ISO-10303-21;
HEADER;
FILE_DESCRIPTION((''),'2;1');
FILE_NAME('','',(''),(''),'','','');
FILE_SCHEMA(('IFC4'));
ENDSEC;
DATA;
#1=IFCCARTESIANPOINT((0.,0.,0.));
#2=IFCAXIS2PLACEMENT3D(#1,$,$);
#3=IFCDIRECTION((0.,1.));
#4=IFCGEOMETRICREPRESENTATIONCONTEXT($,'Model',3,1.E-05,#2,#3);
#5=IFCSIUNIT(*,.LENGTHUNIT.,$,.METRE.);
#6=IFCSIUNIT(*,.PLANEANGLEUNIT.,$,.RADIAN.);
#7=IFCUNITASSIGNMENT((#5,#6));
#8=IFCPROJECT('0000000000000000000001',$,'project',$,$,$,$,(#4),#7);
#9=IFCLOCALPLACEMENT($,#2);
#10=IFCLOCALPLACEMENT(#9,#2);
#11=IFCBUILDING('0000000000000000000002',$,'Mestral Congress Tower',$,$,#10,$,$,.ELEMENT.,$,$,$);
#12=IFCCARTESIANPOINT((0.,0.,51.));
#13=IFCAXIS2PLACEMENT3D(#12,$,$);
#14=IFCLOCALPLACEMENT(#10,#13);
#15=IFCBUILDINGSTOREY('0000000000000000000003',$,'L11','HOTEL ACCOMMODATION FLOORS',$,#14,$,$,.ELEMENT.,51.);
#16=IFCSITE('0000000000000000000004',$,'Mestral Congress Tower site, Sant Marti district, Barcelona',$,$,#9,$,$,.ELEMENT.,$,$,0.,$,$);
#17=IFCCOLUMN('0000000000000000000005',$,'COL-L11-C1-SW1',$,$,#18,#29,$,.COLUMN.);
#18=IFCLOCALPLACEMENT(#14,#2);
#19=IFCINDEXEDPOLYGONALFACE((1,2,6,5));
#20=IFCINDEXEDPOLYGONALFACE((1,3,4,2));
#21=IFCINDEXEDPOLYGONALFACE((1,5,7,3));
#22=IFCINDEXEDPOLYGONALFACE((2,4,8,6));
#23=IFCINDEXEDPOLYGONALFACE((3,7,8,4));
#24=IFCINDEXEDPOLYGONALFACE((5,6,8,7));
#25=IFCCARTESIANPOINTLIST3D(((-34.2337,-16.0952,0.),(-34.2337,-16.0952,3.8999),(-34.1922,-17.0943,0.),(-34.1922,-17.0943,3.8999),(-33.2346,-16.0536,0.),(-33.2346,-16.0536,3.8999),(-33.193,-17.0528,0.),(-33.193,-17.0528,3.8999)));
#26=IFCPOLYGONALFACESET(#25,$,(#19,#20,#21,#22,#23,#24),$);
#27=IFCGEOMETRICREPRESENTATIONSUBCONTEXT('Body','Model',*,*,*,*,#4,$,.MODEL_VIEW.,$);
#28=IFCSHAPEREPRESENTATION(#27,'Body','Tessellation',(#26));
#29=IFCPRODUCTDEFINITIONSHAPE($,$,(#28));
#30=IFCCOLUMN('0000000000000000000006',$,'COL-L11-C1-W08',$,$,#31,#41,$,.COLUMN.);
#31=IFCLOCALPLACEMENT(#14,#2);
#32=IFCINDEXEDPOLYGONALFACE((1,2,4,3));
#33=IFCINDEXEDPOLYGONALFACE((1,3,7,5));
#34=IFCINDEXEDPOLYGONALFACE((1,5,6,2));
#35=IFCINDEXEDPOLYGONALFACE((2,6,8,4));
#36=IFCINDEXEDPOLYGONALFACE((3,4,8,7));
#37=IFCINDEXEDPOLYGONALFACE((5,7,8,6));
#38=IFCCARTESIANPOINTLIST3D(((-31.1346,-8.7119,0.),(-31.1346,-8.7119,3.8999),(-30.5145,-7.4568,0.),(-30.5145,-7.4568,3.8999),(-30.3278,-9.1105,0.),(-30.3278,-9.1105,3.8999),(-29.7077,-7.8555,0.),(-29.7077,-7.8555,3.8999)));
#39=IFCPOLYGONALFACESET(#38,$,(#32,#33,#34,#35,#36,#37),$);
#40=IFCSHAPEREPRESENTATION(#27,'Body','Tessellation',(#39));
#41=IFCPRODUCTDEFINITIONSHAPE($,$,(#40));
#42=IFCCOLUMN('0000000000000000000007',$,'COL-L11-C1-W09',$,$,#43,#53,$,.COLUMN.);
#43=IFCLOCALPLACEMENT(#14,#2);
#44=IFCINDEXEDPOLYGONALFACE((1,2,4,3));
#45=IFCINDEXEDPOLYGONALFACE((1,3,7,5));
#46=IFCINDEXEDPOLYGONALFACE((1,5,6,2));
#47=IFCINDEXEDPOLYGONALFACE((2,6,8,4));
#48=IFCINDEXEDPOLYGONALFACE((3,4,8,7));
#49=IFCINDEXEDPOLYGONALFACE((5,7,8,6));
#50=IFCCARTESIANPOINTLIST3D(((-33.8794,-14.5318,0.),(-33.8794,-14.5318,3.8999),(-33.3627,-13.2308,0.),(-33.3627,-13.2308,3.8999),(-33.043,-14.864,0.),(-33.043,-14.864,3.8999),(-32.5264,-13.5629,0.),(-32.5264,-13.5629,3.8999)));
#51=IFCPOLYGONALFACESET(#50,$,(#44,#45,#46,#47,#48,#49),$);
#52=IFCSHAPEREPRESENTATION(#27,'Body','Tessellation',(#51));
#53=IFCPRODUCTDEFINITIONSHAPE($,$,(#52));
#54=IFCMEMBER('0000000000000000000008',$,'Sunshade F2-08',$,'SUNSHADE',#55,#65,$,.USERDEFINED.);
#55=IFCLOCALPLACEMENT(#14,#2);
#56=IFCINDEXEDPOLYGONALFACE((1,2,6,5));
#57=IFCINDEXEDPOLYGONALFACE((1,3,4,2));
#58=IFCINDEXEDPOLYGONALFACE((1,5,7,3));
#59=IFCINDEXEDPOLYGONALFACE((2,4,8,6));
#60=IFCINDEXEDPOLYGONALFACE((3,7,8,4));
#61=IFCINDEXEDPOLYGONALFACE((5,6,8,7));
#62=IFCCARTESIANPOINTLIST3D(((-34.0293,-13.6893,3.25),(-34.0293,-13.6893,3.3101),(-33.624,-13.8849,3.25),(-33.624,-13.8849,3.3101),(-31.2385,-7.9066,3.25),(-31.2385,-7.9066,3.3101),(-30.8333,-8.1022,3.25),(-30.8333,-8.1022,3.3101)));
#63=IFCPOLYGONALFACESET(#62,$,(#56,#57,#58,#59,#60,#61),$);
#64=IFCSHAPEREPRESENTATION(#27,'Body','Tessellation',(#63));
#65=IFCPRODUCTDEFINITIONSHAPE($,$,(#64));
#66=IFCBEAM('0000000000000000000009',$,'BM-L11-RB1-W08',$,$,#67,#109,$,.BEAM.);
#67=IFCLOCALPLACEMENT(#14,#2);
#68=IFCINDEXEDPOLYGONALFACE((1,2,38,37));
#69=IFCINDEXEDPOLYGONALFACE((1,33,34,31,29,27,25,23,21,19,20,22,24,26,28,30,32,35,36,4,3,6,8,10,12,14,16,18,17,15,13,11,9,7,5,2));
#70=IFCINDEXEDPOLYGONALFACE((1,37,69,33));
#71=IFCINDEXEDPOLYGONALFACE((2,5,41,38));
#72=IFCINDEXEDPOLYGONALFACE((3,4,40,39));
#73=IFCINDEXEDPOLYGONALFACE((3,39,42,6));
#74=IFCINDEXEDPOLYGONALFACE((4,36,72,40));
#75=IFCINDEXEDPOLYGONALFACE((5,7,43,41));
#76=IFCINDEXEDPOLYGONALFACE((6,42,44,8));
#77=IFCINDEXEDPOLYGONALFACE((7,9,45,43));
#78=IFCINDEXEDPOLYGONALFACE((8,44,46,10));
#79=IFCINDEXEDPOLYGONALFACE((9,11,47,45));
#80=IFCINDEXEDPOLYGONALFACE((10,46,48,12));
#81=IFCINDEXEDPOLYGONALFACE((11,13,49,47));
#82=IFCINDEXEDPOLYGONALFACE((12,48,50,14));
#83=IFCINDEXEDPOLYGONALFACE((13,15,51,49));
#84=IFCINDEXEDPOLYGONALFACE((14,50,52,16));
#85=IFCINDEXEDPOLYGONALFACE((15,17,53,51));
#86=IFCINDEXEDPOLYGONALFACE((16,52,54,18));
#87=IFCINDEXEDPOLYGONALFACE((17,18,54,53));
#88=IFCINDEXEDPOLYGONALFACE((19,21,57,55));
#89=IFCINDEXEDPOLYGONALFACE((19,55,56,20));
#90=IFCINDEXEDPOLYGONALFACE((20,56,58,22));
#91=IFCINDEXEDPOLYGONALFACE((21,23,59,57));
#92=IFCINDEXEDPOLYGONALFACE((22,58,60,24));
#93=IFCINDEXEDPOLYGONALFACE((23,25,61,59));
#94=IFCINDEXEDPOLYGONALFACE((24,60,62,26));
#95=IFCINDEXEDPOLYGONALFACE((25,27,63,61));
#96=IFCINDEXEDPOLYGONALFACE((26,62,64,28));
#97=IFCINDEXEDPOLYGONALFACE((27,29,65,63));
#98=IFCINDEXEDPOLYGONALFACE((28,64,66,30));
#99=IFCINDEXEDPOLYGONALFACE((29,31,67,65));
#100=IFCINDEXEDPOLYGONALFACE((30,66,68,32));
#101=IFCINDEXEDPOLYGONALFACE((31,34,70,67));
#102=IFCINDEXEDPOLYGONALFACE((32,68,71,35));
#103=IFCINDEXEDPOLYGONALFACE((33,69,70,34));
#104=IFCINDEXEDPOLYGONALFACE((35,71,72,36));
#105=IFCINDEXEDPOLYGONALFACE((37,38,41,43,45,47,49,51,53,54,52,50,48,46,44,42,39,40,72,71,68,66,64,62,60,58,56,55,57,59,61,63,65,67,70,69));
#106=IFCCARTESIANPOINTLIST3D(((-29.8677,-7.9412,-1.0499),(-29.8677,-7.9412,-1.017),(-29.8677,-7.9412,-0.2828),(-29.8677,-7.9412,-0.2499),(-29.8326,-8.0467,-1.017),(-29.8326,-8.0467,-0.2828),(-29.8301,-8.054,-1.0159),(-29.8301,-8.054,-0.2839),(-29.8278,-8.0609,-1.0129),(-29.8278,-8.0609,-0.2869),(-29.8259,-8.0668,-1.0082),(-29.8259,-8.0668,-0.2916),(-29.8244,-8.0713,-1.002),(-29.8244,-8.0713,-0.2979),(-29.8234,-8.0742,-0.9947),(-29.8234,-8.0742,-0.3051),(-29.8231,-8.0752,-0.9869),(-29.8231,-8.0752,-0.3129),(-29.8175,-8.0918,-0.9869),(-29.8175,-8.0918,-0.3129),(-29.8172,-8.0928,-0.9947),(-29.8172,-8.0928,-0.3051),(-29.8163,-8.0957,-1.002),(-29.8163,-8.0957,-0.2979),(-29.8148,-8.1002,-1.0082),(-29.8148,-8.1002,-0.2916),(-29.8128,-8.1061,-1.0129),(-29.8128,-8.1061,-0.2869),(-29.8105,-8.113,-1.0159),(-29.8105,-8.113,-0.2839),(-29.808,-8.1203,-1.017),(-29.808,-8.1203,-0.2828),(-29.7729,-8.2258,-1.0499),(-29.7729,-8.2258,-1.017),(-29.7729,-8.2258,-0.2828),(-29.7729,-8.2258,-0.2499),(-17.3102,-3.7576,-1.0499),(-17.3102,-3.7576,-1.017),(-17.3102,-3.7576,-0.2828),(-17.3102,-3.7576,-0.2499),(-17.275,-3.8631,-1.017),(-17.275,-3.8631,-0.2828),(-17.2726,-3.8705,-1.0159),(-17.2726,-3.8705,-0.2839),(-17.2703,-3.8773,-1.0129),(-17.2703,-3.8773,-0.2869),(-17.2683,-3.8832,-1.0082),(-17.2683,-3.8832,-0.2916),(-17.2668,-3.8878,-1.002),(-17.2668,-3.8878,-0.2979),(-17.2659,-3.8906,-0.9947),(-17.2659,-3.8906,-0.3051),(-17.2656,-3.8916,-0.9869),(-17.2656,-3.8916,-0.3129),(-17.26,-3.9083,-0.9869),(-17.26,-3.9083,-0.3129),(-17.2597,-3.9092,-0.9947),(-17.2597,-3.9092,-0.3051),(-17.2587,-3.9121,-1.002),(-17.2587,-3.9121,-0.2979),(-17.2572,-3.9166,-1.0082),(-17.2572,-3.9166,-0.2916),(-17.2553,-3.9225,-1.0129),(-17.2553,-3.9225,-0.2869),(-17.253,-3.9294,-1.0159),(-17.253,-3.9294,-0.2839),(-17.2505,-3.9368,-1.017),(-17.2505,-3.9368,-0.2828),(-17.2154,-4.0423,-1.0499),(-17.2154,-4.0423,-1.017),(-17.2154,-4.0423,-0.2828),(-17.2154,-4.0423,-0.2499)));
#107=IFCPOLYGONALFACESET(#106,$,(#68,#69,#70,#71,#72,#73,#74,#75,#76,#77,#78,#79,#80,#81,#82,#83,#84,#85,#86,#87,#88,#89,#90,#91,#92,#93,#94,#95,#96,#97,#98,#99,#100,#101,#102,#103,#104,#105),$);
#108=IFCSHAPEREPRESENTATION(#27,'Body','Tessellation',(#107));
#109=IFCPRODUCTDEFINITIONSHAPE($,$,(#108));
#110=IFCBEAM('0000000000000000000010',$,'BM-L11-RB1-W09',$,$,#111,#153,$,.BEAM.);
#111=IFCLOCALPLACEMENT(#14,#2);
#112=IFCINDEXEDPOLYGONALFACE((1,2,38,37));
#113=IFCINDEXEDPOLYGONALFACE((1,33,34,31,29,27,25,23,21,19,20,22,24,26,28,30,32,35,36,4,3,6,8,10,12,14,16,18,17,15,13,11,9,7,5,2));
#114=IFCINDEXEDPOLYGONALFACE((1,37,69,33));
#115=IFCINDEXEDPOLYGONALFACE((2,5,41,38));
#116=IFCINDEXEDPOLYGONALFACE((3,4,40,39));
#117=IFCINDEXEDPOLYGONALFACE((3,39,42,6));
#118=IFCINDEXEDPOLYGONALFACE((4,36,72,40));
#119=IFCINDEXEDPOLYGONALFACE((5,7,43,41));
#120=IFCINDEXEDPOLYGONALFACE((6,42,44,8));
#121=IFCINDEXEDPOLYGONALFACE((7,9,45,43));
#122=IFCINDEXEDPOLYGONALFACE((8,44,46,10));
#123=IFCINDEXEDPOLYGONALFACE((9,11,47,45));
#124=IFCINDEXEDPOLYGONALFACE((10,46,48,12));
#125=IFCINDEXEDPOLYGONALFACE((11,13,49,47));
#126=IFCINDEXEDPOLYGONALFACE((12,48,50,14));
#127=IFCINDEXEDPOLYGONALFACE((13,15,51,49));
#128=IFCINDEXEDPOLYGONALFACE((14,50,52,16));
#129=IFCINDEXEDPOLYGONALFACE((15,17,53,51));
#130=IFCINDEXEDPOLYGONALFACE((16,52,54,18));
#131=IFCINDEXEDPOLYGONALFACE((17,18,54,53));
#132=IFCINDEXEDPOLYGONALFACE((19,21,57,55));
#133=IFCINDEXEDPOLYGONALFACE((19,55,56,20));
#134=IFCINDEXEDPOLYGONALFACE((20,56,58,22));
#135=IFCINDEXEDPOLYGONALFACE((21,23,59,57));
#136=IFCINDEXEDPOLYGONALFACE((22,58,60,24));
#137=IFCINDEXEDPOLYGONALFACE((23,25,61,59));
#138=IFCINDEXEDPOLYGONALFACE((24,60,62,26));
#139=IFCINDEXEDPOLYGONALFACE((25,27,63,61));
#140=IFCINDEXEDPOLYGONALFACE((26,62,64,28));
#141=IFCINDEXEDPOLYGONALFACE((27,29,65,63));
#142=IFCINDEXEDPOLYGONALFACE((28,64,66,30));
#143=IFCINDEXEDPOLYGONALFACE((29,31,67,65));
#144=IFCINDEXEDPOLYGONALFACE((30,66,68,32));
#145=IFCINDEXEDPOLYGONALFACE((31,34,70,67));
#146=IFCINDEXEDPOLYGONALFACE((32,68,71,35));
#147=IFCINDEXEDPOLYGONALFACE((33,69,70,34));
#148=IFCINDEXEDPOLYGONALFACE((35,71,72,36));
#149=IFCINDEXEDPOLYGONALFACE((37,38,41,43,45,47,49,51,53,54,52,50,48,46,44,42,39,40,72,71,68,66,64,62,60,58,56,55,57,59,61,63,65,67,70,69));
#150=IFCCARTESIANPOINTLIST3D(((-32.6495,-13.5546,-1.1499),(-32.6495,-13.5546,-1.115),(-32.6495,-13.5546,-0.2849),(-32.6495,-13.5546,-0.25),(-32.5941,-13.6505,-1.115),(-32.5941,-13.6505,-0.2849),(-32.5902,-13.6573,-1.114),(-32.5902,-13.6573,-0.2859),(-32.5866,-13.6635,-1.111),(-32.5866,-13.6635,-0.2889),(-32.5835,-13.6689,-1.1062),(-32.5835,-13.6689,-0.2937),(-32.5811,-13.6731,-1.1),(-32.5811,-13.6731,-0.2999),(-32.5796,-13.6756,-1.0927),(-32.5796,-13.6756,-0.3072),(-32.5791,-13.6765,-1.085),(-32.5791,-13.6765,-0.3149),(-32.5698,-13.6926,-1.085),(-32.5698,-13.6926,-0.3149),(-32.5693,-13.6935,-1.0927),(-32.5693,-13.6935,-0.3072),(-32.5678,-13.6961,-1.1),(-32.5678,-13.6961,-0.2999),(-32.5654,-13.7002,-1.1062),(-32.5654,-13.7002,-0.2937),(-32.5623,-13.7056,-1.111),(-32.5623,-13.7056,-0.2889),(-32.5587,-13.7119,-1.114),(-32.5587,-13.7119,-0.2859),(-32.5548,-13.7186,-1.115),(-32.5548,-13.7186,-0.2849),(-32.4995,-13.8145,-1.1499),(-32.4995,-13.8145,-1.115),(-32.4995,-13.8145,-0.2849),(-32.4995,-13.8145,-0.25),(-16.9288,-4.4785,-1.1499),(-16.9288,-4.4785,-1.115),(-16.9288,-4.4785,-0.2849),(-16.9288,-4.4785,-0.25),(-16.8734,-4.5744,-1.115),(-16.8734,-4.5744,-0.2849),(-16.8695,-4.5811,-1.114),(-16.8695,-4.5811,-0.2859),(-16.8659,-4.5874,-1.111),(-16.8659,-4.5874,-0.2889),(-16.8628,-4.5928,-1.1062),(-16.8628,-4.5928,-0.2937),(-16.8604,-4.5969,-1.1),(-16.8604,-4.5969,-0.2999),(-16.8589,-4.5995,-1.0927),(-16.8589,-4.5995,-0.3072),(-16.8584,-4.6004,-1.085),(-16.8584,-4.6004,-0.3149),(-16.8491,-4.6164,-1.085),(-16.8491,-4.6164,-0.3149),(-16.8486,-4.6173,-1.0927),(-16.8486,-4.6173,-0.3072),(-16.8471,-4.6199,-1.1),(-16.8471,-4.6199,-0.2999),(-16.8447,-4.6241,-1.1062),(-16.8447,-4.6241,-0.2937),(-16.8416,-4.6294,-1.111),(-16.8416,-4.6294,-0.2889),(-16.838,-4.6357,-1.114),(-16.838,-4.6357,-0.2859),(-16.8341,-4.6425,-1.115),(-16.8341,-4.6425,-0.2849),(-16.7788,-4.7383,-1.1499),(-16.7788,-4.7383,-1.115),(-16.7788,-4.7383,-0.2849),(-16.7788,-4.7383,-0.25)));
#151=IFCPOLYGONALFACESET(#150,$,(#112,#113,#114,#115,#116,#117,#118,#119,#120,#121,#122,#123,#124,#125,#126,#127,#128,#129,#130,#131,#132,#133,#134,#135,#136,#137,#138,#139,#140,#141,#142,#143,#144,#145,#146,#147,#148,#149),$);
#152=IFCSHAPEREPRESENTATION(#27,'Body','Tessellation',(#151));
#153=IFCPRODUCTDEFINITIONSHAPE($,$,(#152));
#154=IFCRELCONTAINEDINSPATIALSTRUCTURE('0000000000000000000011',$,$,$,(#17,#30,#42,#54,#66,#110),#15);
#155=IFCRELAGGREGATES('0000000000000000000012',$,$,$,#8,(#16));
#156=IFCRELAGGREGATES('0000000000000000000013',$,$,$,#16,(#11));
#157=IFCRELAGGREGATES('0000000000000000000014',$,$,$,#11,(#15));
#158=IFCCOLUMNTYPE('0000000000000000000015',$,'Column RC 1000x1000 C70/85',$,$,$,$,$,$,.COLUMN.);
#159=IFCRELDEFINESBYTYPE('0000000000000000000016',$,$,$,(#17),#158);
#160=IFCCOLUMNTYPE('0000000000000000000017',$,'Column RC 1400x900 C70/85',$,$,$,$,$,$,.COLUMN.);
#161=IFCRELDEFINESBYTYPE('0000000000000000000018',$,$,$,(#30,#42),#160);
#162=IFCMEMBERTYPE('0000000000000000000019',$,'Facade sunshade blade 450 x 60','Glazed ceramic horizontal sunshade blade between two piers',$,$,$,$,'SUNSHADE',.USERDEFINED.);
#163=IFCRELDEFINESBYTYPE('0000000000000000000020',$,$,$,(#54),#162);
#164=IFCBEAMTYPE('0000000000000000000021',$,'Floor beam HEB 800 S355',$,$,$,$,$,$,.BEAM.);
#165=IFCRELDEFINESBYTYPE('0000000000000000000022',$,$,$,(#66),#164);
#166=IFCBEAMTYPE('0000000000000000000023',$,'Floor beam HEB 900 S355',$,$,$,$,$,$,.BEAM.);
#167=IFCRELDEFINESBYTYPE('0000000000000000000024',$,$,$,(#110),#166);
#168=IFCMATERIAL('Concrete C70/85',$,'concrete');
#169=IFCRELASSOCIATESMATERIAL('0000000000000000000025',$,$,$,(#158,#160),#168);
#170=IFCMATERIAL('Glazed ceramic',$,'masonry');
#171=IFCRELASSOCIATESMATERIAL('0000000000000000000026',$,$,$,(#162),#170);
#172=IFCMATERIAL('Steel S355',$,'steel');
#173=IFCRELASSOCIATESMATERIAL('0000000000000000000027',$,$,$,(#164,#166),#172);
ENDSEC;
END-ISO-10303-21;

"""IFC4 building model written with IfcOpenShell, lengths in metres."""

from ifc_helpers import new_model, si_unit, direction, frame, origin, origin_2d, place, context, subcontext, project, spatial, rectangle, i_section, extrude, material, material_profile, profile_set, type_object, element, save


model = new_model("IFC4")

# Units and contexts
model_context = context("Model", 3, precision=1e-05, world=origin(), true_north=direction((0.0, 1.0)))
body_context = subcontext(model_context, "Body", "Model", "MODEL_VIEW")
ifc_project = project(units=[si_unit("LENGTHUNIT", "METRE"), si_unit("PLANEANGLEUNIT", "RADIAN")], contexts=[model_context])

# Site, building, storey
site_placement = place(None, origin())
site = spatial("IfcSite", under=ifc_project, at=site_placement, Name="Mestral Congress Tower site, Sant Marti district, Barcelona", CompositionType="ELEMENT", RefElevation=0.0)
building_placement = place(site_placement, origin())
building = spatial("IfcBuilding", under=site, at=building_placement, Name="Mestral Congress Tower", CompositionType="ELEMENT")
storey_placement = place(building_placement, frame((0.0, 0.0, 51.0)))
storey = spatial("IfcBuildingStorey", under=building, at=storey_placement, Name="L11", Description="HOTEL ACCOMMODATION FLOORS", CompositionType="ELEMENT", Elevation=51.0)

# Columns
ifc_material_1 = material(Name="Concrete C70/85", Category="concrete")
ifc_material_profile_1 = material_profile(ifc_material_1, rectangle(XDim=1.0, YDim=1.0, at=origin_2d()), Name="RC 1000x1000")
ifc_profile_set_1 = profile_set([ifc_material_profile_1], Name="Concrete C70/85")
column_type_1 = type_object("IfcColumnType", Name="Column RC 1000x1000 C70/85", PredefinedType="COLUMN", material=ifc_profile_set_1)
column_placement = place(storey_placement, frame((-33.7134, -16.574, 0.0), z_axis=(0.0, 0.0, 1.0), x_axis=(0.041583, -0.999135, 0.0)))
element("IfcColumn", 1, at=column_placement, inside=storey, type_object=column_type_1, Name="COL-L11-C1-SW1", PredefinedType="COLUMN", context=body_context, shape_type="SweptSolid", body=[
    extrude(rectangle(XDim=1.0, YDim=1.0, at=origin_2d()), origin(), (0.0, 0.0, 1.0), 3.8999),
])
ifc_material_profile_2 = material_profile(ifc_material_1, rectangle(XDim=1.3999, YDim=0.8999, at=origin_2d()), Name="RC 1400x900")
ifc_profile_set_2 = profile_set([ifc_material_profile_2], Name="Concrete C70/85")
column_type_2 = type_object("IfcColumnType", Name="Column RC 1400x900 C70/85", PredefinedType="COLUMN", material=ifc_profile_set_2)
for number, where, z_axis, x_axis, name in (
    (2, (-30.4211, -8.2837, 0.0), (0.0, 0.0, 1.0), (-0.442959, -0.896542, 0.0), "COL-L11-C1-W08"),
    (3, (-33.2029, -14.0474, 0.0), (0.0, 0.0, 1.0), (-0.36909, -0.929394, 0.0), "COL-L11-C1-W09"),
):
    element("IfcColumn", number, at=place(storey_placement, frame(where, z_axis=z_axis, x_axis=x_axis)), inside=storey, type_object=column_type_2, Name=name, PredefinedType="COLUMN", context=body_context, shape_type="SweptSolid", body=[
        extrude(rectangle(XDim=1.3999, YDim=0.8999, at=origin_2d()), origin(), (0.0, 0.0, 1.0), 3.8999),
    ])

# Member
ifc_material_2 = material(Name="Glazed ceramic", Category="masonry")
ifc_material_profile_3 = material_profile(ifc_material_2, rectangle(XDim=0.45, YDim=0.0601, at=origin_2d()), Name="Ceramic blade 450 x 60")
ifc_profile_set_3 = profile_set([ifc_material_profile_3], Name="Glazed ceramic")
member_type = type_object("IfcMemberType", Name="Facade sunshade blade 450 x 60", Description="Glazed ceramic horizontal sunshade blade between two piers", ElementType="SUNSHADE", PredefinedType="USERDEFINED", material=ifc_profile_set_3)
member_placement = place(storey_placement, frame((-31.0359, -8.0044, 3.28), z_axis=(-0.434637, -0.900606, 0.0), x_axis=(0.900606, -0.434637, 0.0)))
element("IfcMember", 4, at=member_placement, inside=storey, type_object=member_type, Name="Sunshade F2-08", ObjectType="SUNSHADE", PredefinedType="USERDEFINED", context=body_context, shape_type="SweptSolid", body=[
    extrude(rectangle(XDim=0.45, YDim=0.0601, at=origin_2d()), origin(), (0.0, 0.0, 1.0), 6.4209),
])

# Beams
ifc_material_3 = material(Name="Steel S355", Category="steel")
ifc_material_profile_4 = material_profile(ifc_material_3, i_section(OverallWidth=0.3, OverallDepth=0.8, WebThickness=0.0176, FlangeThickness=0.033, FilletRadius=0.03, at=origin_2d()), Name="HEB 800")
ifc_profile_set_4 = profile_set([ifc_material_profile_4], Name="Steel S355")
beam_type_1 = type_object("IfcBeamType", Name="Floor beam HEB 800 S355", PredefinedType="BEAM", material=ifc_profile_set_4)
beam_1_placement = place(storey_placement, frame((-29.8203, -8.0835, -0.6499), z_axis=(0.948735, 0.316073, 0.0), x_axis=(-0.316073, 0.948735, 0.0)))
element("IfcBeam", 5, at=beam_1_placement, inside=storey, type_object=beam_type_1, Name="BM-L11-RB1-W08", PredefinedType="BEAM", context=body_context, shape_type="SweptSolid", body=[
    extrude(i_section(OverallWidth=0.3, OverallDepth=0.8, WebThickness=0.0176, FlangeThickness=0.033, FilletRadius=0.03, at=origin_2d()), origin(), (0.0, 0.0, 1.0), 13.2361),
])
ifc_material_profile_5 = material_profile(ifc_material_3, i_section(OverallWidth=0.3, OverallDepth=0.8999, WebThickness=0.0186, FlangeThickness=0.0349, FilletRadius=0.03, at=origin_2d()), Name="HEB 900")
ifc_profile_set_5 = profile_set([ifc_material_profile_5], Name="Steel S355")
beam_type_2 = type_object("IfcBeamType", Name="Floor beam HEB 900 S355", PredefinedType="BEAM", material=ifc_profile_set_5)
beam_2_placement = place(storey_placement, frame((-32.5745, -13.6846, -0.7), z_axis=(0.86603, 0.499993, 0.0), x_axis=(-0.499993, 0.86603, 0.0)))
element("IfcBeam", 6, at=beam_2_placement, inside=storey, type_object=beam_type_2, Name="BM-L11-RB1-W09", PredefinedType="BEAM", context=body_context, shape_type="SweptSolid", body=[
    extrude(i_section(OverallWidth=0.3, OverallDepth=0.8999, WebThickness=0.0186, FlangeThickness=0.0349, FilletRadius=0.03, at=origin_2d()), origin(), (0.0, 0.0, 1.0), 18.1526),
])

save(model, "model.ifc")
